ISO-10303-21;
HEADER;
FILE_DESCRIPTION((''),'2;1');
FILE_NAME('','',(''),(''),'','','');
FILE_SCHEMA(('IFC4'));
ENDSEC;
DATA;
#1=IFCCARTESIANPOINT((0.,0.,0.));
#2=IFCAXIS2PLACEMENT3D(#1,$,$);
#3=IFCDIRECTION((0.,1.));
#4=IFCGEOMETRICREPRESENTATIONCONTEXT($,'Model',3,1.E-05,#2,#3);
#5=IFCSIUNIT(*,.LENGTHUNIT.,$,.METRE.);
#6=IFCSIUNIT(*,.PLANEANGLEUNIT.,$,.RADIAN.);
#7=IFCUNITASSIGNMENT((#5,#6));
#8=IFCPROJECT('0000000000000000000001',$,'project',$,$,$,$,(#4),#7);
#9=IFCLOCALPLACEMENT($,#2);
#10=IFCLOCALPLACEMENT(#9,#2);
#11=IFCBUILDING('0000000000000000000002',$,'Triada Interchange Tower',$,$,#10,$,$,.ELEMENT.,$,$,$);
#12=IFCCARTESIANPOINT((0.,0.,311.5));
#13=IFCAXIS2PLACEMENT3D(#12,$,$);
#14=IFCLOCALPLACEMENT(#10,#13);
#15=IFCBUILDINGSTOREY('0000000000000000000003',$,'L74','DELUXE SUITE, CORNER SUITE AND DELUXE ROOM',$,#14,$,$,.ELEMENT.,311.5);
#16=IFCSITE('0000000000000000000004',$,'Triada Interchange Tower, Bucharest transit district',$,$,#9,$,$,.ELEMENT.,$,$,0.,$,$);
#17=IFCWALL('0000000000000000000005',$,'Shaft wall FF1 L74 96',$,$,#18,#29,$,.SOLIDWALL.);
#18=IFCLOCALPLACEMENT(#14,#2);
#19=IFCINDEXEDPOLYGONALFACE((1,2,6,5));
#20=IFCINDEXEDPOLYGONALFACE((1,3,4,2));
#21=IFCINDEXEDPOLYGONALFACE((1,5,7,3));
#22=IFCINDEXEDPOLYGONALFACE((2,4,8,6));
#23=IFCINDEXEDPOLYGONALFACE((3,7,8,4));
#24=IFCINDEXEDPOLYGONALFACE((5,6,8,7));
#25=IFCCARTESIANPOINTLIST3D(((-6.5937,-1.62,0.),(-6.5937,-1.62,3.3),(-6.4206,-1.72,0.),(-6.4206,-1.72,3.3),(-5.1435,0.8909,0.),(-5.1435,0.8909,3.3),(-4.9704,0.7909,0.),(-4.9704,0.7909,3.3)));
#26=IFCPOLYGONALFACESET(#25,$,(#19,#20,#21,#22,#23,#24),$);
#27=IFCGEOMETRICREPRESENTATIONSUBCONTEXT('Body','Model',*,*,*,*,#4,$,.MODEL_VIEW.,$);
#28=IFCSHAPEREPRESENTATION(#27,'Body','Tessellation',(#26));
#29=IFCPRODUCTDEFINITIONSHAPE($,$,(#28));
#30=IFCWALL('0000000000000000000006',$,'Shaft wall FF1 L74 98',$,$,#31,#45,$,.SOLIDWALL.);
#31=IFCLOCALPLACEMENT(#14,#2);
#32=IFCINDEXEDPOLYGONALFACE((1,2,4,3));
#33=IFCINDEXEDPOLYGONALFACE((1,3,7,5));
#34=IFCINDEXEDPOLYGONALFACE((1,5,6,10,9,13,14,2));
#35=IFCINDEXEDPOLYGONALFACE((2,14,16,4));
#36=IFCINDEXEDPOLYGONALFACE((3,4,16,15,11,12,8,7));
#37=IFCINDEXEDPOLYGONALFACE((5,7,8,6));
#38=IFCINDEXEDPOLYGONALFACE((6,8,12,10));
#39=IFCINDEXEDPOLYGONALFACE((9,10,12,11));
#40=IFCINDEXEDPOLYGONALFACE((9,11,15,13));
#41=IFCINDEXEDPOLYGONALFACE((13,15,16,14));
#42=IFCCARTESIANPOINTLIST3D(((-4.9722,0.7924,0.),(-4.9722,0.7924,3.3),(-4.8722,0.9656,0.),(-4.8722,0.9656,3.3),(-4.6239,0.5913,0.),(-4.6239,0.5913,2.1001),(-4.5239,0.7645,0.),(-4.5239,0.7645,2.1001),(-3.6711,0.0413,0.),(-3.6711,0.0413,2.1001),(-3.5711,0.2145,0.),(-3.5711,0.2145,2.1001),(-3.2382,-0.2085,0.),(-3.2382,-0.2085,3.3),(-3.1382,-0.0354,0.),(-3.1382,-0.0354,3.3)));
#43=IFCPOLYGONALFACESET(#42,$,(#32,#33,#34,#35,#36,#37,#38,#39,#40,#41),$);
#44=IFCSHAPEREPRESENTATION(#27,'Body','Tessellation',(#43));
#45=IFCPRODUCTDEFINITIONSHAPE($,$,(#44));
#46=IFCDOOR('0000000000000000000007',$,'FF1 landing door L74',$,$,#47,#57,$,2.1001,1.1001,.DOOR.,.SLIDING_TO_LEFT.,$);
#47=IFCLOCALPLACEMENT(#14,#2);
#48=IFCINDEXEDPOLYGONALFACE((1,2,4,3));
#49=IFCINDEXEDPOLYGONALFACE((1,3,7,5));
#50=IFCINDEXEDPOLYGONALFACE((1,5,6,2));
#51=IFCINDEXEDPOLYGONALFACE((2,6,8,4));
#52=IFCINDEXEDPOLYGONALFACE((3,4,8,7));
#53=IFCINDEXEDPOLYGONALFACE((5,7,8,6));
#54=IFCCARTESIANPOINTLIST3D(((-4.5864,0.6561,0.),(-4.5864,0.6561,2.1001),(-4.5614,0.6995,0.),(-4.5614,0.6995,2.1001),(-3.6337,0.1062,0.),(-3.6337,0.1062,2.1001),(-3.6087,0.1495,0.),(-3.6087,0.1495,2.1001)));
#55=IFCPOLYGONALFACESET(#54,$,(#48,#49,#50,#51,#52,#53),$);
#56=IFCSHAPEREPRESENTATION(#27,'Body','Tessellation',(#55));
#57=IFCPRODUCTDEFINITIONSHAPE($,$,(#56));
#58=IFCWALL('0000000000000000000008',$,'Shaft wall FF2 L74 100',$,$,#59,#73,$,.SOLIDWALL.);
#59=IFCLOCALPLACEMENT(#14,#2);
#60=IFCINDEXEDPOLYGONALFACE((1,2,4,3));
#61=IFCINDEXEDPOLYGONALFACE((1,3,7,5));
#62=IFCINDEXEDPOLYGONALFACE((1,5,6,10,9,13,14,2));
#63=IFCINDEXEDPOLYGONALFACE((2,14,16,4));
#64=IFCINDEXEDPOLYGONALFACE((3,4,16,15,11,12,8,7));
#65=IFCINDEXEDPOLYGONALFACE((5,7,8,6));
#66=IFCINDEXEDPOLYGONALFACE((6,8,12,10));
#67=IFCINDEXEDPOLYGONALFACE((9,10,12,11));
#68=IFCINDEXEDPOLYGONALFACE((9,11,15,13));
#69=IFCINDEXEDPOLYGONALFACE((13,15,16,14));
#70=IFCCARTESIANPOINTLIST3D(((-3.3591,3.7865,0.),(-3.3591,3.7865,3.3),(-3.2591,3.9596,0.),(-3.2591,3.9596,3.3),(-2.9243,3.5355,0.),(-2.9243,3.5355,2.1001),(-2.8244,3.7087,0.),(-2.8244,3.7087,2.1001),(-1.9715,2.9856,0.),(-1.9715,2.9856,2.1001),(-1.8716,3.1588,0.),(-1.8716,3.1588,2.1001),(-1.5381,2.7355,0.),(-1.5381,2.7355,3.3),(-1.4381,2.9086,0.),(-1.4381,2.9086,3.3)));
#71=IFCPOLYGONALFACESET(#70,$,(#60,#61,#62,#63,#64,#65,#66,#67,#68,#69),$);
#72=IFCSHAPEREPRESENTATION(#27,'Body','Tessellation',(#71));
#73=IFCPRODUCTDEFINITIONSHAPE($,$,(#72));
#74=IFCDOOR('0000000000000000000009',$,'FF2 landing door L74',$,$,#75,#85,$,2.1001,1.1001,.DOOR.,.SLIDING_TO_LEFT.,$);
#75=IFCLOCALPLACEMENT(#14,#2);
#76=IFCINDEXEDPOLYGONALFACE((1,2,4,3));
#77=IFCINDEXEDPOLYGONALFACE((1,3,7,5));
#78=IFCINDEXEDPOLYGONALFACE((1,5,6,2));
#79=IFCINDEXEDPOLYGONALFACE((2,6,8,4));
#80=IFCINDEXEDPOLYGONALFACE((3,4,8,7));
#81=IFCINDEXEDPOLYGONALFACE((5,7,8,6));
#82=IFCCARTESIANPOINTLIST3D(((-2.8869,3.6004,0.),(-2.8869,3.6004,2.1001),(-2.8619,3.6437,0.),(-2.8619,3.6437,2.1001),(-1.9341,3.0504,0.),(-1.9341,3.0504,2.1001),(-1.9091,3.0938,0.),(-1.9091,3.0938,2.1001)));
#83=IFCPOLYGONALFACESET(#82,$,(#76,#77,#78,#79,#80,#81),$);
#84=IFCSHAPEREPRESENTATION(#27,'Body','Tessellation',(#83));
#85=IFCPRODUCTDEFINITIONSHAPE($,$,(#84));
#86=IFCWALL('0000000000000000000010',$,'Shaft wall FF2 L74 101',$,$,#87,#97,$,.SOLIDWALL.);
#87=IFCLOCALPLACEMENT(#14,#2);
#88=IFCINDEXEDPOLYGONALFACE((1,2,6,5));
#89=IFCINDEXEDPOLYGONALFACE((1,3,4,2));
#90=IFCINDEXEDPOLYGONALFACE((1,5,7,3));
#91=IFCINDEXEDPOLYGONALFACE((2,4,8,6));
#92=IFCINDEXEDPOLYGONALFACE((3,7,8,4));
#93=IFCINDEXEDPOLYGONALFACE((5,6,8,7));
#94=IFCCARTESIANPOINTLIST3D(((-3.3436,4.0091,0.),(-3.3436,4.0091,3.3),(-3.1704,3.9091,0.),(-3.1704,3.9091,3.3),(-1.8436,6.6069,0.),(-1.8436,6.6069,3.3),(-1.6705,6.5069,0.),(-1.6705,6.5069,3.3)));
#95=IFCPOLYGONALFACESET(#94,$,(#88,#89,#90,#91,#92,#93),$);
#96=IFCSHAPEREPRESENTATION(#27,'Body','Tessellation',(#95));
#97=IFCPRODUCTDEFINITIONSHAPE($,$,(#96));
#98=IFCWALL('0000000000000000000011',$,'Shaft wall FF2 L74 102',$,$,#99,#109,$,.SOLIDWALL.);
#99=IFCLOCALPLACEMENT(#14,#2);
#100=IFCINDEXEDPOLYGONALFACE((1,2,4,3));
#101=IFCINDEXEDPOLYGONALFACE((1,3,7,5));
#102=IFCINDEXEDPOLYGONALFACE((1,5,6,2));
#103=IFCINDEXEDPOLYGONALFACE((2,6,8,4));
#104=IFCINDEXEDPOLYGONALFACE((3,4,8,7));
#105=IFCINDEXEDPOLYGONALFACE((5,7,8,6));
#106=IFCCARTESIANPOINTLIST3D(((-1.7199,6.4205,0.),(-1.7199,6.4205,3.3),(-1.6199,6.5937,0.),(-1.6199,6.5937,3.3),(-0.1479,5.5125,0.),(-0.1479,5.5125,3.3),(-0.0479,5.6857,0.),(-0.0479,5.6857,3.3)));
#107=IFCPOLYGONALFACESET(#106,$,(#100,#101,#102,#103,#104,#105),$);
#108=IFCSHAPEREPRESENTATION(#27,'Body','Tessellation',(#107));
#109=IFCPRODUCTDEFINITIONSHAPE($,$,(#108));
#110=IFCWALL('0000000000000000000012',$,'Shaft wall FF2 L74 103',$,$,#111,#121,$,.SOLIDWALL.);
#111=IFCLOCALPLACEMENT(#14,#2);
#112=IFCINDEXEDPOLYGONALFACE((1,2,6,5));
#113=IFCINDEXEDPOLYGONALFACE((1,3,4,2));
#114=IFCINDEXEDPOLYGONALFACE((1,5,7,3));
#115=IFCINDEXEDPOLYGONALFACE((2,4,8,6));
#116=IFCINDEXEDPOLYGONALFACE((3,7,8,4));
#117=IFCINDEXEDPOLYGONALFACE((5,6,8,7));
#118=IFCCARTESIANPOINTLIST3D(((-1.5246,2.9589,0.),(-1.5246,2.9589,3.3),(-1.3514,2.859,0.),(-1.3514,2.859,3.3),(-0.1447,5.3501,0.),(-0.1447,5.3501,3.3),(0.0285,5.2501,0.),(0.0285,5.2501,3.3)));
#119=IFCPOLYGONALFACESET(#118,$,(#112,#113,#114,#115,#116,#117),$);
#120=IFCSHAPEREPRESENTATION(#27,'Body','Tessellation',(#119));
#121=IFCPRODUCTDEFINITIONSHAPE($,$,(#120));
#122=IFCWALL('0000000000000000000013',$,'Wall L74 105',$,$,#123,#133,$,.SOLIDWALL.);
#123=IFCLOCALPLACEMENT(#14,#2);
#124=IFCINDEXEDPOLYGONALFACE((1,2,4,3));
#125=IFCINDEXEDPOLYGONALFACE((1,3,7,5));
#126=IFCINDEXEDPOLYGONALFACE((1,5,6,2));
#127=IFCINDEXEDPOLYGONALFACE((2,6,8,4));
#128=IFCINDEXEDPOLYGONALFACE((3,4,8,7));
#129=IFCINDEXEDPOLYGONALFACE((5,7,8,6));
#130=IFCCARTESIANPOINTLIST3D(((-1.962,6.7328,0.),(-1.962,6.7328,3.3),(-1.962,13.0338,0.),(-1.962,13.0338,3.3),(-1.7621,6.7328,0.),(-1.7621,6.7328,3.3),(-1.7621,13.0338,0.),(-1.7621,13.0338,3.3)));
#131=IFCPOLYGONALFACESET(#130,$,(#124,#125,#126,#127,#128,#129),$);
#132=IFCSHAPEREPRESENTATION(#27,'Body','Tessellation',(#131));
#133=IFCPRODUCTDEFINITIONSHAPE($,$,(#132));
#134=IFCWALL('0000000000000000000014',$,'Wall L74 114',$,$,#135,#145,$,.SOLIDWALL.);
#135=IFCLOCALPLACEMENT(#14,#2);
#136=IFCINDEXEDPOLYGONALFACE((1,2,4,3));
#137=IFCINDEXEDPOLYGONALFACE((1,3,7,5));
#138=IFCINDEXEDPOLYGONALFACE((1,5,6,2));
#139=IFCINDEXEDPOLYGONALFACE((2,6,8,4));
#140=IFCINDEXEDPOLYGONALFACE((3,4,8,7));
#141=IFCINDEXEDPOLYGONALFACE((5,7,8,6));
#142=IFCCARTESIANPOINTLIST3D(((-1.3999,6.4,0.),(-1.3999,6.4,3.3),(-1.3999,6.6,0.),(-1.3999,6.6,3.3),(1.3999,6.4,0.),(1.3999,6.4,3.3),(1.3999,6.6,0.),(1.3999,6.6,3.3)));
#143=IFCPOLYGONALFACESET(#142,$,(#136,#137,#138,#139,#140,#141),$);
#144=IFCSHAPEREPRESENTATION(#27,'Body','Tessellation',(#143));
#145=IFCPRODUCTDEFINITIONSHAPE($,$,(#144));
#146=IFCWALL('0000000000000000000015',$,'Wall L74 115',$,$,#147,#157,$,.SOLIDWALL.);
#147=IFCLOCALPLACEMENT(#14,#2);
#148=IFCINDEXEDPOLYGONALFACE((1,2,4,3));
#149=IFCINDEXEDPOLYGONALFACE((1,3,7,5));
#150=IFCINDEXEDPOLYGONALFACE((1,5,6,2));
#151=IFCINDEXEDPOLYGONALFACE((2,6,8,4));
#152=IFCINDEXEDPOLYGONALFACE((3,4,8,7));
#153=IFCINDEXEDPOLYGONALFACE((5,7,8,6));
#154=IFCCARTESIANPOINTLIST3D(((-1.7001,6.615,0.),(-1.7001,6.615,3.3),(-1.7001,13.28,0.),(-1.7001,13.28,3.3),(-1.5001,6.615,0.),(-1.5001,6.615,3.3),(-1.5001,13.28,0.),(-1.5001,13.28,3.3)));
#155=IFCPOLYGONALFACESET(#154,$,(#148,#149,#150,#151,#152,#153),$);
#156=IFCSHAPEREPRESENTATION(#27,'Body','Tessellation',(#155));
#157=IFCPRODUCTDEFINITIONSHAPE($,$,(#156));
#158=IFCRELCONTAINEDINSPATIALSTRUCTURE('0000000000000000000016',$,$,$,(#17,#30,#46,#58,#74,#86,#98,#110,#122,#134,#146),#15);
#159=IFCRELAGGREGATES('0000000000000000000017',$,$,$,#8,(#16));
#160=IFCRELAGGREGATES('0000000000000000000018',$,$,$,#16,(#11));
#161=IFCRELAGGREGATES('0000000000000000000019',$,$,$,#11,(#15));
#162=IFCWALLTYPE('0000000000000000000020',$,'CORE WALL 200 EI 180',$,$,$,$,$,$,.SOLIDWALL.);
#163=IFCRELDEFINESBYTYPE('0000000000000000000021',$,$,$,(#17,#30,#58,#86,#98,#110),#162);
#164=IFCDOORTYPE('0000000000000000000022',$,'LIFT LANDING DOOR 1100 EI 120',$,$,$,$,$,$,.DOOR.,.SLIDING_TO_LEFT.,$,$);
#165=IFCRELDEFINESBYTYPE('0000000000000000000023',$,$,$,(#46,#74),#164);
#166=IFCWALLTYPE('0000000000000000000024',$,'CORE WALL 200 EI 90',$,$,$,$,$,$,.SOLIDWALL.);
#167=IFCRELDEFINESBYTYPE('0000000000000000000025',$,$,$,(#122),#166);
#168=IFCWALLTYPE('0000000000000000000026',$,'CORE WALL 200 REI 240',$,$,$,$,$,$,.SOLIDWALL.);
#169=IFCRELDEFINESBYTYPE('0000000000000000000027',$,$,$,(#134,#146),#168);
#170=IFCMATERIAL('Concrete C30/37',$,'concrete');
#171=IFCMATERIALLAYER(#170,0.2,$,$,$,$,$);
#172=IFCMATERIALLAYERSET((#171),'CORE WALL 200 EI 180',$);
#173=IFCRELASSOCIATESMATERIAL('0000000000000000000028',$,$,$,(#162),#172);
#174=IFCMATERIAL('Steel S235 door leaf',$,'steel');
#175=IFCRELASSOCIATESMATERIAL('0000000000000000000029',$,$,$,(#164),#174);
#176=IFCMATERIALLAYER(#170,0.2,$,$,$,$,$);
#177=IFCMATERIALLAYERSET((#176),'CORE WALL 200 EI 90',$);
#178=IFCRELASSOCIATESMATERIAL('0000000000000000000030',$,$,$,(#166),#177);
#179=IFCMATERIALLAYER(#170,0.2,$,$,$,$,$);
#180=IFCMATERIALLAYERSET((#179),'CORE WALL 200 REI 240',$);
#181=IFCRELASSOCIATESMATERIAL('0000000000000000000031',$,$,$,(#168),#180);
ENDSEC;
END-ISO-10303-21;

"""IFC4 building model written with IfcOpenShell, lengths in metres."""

from ifc_helpers import new_model, si_unit, direction, frame, frame_2d, origin, place, context, subcontext, project, spatial, rectangle, extrude, material, layer, layer_set, type_object, element, fill, save


model = new_model("IFC4")

# Units and contexts
model_context = context("Model", 3, precision=1e-05, world=origin(), true_north=direction((0.0, 1.0)))
body_context = subcontext(model_context, "Body", "Model", "MODEL_VIEW")
ifc_project = project(units=[si_unit("LENGTHUNIT", "METRE"), si_unit("PLANEANGLEUNIT", "RADIAN")], contexts=[model_context])

# Site, building, storey
site_placement = place(None, origin())
site = spatial("IfcSite", under=ifc_project, at=site_placement, Name="Triada Interchange Tower, Bucharest transit district", CompositionType="ELEMENT", RefElevation=0.0)
building_placement = place(site_placement, origin())
building = spatial("IfcBuilding", under=site, at=building_placement, Name="Triada Interchange Tower", CompositionType="ELEMENT")
storey_placement = place(building_placement, frame((0.0, 0.0, 311.5)))
storey = spatial("IfcBuildingStorey", under=building, at=storey_placement, Name="L74", Description="DELUXE SUITE, CORNER SUITE AND DELUXE ROOM", CompositionType="ELEMENT", Elevation=311.5)

# Shared definitions
ifc_material_1 = material(Name="Concrete C30/37", Category="concrete")

# Shared definitions
ifc_layer_1 = layer(ifc_material_1, 0.2)
ifc_layer_set_1 = layer_set([ifc_layer_1], Name="CORE WALL 200 EI 180")
wall_type_1 = type_object("IfcWallType", Name="CORE WALL 200 EI 180", PredefinedType="SOLIDWALL", material=ifc_layer_set_1)
ifc_material_2 = material(Name="Steel S235 door leaf", Category="steel")
door_type_1 = type_object("IfcDoorType", Name="LIFT LANDING DOOR 1100 EI 120", OperationType="SLIDING_TO_LEFT", PredefinedType="DOOR", material=ifc_material_2)

# Wall
wall_1_placement = place(storey_placement, frame((-6.5071, -1.6699, 0.0), z_axis=(0.0, 0.0, 1.0), x_axis=(0.500123, 0.865954, 0.0)))
element("IfcWall", 1, at=wall_1_placement, inside=storey, type_object=wall_type_1, Name="Shaft wall FF1 L74 96", PredefinedType="SOLIDWALL", context=body_context, shape_type="SweptSolid", body=[
    extrude(rectangle(XDim=2.8997, YDim=0.2, at=frame_2d((1.4497, 0.0))), origin(), (0.0, 0.0, 1.0), 3.3),
])

# Walls, openings, doors
wall_2_placement = place(storey_placement, frame((-4.9221, 0.8789, 0.0), z_axis=(0.0, 0.0, 1.0), x_axis=(0.866074, -0.499916, 0.0)))
wall_2 = element("IfcWall", 2, at=wall_2_placement, inside=storey, type_object=wall_type_1, Name="Shaft wall FF1 L74 98", PredefinedType="SOLIDWALL", context=body_context, shape_type="SweptSolid", body=[
    extrude(rectangle(XDim=2.0022, YDim=0.2, at=frame_2d((1.001, 0.0))), origin(), (0.0, 0.0, 1.0), 3.3),
])
opening_1_placement = place(wall_2_placement, frame((0.4021, 0.0, 0.0)))
opening_1 = element("IfcOpeningElement", 3, at=opening_1_placement, cuts=wall_2, PredefinedType="OPENING", context=body_context, shape_type="SweptSolid", body=[
    extrude(rectangle(XDim=1.1001, YDim=2.1001, at=frame_2d((0.55, 1.05))), frame((0.0, 0.1099, 0.0), z_axis=(0.0, -1.0, 0.0), x_axis=(1.0, 0.0, 0.0)), (0.0, 0.0, 1.0), 0.22),
])
door_1_placement = place(opening_1_placement, origin())
door_1 = element("IfcDoor", 4, at=door_1_placement, inside=storey, type_object=door_type_1, Name="FF1 landing door L74", OperationType="SLIDING_TO_LEFT", OverallHeight=2.1001, OverallWidth=1.1001, PredefinedType="DOOR", context=body_context, shape_type="SweptSolid", body=[
    extrude(rectangle(XDim=1.1001, YDim=2.1001, at=frame_2d((0.55, 1.05))), frame((0.0, 0.0249, 0.0), z_axis=(0.0, -1.0, 0.0), x_axis=(1.0, 0.0, 0.0)), (0.0, 0.0, 1.0), 0.05),
])
fill(opening_1, door_1)
wall_3_placement = place(storey_placement, frame((-3.3091, 3.873, 0.0), z_axis=(0.0, 0.0, 1.0), x_axis=(0.866099, -0.499873, 0.0)))
wall_3 = element("IfcWall", 5, at=wall_3_placement, inside=storey, type_object=wall_type_1, Name="Shaft wall FF2 L74 100", PredefinedType="SOLIDWALL", context=body_context, shape_type="SweptSolid", body=[
    extrude(rectangle(XDim=2.1025, YDim=0.2, at=frame_2d((1.0513, 0.0))), origin(), (0.0, 0.0, 1.0), 3.3),
])
opening_2_placement = place(wall_3_placement, frame((0.502, 0.0, 0.0)))
opening_2 = element("IfcOpeningElement", 6, at=opening_2_placement, cuts=wall_3, PredefinedType="OPENING", context=body_context, shape_type="SweptSolid", body=[
    extrude(rectangle(XDim=1.1001, YDim=2.1001, at=frame_2d((0.55, 1.05))), frame((0.0, 0.1099, 0.0), z_axis=(0.0, -1.0, 0.0), x_axis=(1.0, 0.0, 0.0)), (0.0, 0.0, 1.0), 0.22),
])
door_2_placement = place(opening_2_placement, origin())
door_2 = element("IfcDoor", 7, at=door_2_placement, inside=storey, type_object=door_type_1, Name="FF2 landing door L74", OperationType="SLIDING_TO_LEFT", OverallHeight=2.1001, OverallWidth=1.1001, PredefinedType="DOOR", context=body_context, shape_type="SweptSolid", body=[
    extrude(rectangle(XDim=1.1001, YDim=2.1001, at=frame_2d((0.55, 1.05))), frame((0.0, 0.0249, 0.0), z_axis=(0.0, -1.0, 0.0), x_axis=(1.0, 0.0, 0.0)), (0.0, 0.0, 1.0), 0.05),
])
fill(opening_2, door_2)

# Walls
wall_4_placement = place(storey_placement, frame((-3.2571, 3.959, 0.0), z_axis=(0.0, 0.0, 1.0), x_axis=(0.500025, 0.866011, 0.0)))
element("IfcWall", 8, at=wall_4_placement, inside=storey, type_object=wall_type_1, Name="Shaft wall FF2 L74 101", PredefinedType="SOLIDWALL", context=body_context, shape_type="SweptSolid", body=[
    extrude(rectangle(XDim=2.9998, YDim=0.2, at=frame_2d((1.5, 0.0))), origin(), (0.0, 0.0, 1.0), 3.3),
])
wall_5_placement = place(storey_placement, frame((-1.6699, 6.5071, 0.0), z_axis=(0.0, 0.0, 1.0), x_axis=(0.865941, -0.500145, 0.0)))
element("IfcWall", 9, at=wall_5_placement, inside=storey, type_object=wall_type_1, Name="Shaft wall FF2 L74 102", PredefinedType="SOLIDWALL", context=body_context, shape_type="SweptSolid", body=[
    extrude(rectangle(XDim=1.8154, YDim=0.2, at=frame_2d((0.9077, 0.0))), origin(), (0.0, 0.0, 1.0), 3.3),
])
wall_6_placement = place(storey_placement, frame((-1.438, 2.9089, 0.0), z_axis=(0.0, 0.0, 1.0), x_axis=(0.49983, 0.866124, 0.0)))
element("IfcWall", 10, at=wall_6_placement, inside=storey, type_object=wall_type_1, Name="Shaft wall FF2 L74 103", PredefinedType="SOLIDWALL", context=body_context, shape_type="SweptSolid", body=[
    extrude(rectangle(XDim=2.7607, YDim=0.2, at=frame_2d((1.3804, 0.0))), origin(), (0.0, 0.0, 1.0), 3.3),
])
ifc_layer_2 = layer(ifc_material_1, 0.2)
ifc_layer_set_2 = layer_set([ifc_layer_2], Name="CORE WALL 200 EI 90")
wall_type_2 = type_object("IfcWallType", Name="CORE WALL 200 EI 90", PredefinedType="SOLIDWALL", material=ifc_layer_set_2)
wall_7_placement = place(storey_placement, frame((-1.8621, 6.7329, 0.0), z_axis=(0.0, 0.0, 1.0), x_axis=(0.0, 1.0, 0.0)))
element("IfcWall", 11, at=wall_7_placement, inside=storey, type_object=wall_type_2, Name="Wall L74 105", PredefinedType="SOLIDWALL", context=body_context, shape_type="SweptSolid", body=[
    extrude(rectangle(XDim=6.301, YDim=0.2, at=frame_2d((3.1504, 0.0))), origin(), (0.0, 0.0, 1.0), 3.3),
])
ifc_layer_3 = layer(ifc_material_1, 0.2)
ifc_layer_set_3 = layer_set([ifc_layer_3], Name="CORE WALL 200 REI 240")
wall_type_3 = type_object("IfcWallType", Name="CORE WALL 200 REI 240", PredefinedType="SOLIDWALL", material=ifc_layer_set_3)
wall_8_placement = place(storey_placement, frame((-1.3999, 6.5, 0.0), z_axis=(0.0, 0.0, 1.0), x_axis=(1.0, 0.0, 0.0)))
element("IfcWall", 12, at=wall_8_placement, inside=storey, type_object=wall_type_3, Name="Wall L74 114", PredefinedType="SOLIDWALL", context=body_context, shape_type="SweptSolid", body=[
    extrude(rectangle(XDim=2.7998, YDim=0.2, at=frame_2d((1.3999, 0.0))), origin(), (0.0, 0.0, 1.0), 3.3),
])
wall_9_placement = place(storey_placement, frame((-1.6001, 6.615, 0.0), z_axis=(0.0, 0.0, 1.0), x_axis=(0.0, 1.0, 0.0)))
element("IfcWall", 13, at=wall_9_placement, inside=storey, type_object=wall_type_3, Name="Wall L74 115", PredefinedType="SOLIDWALL", context=body_context, shape_type="SweptSolid", body=[
    extrude(rectangle(XDim=6.665, YDim=0.2, at=frame_2d((3.3325, 0.0))), origin(), (0.0, 0.0, 1.0), 3.3),
])

save(model, "model.ifc")
